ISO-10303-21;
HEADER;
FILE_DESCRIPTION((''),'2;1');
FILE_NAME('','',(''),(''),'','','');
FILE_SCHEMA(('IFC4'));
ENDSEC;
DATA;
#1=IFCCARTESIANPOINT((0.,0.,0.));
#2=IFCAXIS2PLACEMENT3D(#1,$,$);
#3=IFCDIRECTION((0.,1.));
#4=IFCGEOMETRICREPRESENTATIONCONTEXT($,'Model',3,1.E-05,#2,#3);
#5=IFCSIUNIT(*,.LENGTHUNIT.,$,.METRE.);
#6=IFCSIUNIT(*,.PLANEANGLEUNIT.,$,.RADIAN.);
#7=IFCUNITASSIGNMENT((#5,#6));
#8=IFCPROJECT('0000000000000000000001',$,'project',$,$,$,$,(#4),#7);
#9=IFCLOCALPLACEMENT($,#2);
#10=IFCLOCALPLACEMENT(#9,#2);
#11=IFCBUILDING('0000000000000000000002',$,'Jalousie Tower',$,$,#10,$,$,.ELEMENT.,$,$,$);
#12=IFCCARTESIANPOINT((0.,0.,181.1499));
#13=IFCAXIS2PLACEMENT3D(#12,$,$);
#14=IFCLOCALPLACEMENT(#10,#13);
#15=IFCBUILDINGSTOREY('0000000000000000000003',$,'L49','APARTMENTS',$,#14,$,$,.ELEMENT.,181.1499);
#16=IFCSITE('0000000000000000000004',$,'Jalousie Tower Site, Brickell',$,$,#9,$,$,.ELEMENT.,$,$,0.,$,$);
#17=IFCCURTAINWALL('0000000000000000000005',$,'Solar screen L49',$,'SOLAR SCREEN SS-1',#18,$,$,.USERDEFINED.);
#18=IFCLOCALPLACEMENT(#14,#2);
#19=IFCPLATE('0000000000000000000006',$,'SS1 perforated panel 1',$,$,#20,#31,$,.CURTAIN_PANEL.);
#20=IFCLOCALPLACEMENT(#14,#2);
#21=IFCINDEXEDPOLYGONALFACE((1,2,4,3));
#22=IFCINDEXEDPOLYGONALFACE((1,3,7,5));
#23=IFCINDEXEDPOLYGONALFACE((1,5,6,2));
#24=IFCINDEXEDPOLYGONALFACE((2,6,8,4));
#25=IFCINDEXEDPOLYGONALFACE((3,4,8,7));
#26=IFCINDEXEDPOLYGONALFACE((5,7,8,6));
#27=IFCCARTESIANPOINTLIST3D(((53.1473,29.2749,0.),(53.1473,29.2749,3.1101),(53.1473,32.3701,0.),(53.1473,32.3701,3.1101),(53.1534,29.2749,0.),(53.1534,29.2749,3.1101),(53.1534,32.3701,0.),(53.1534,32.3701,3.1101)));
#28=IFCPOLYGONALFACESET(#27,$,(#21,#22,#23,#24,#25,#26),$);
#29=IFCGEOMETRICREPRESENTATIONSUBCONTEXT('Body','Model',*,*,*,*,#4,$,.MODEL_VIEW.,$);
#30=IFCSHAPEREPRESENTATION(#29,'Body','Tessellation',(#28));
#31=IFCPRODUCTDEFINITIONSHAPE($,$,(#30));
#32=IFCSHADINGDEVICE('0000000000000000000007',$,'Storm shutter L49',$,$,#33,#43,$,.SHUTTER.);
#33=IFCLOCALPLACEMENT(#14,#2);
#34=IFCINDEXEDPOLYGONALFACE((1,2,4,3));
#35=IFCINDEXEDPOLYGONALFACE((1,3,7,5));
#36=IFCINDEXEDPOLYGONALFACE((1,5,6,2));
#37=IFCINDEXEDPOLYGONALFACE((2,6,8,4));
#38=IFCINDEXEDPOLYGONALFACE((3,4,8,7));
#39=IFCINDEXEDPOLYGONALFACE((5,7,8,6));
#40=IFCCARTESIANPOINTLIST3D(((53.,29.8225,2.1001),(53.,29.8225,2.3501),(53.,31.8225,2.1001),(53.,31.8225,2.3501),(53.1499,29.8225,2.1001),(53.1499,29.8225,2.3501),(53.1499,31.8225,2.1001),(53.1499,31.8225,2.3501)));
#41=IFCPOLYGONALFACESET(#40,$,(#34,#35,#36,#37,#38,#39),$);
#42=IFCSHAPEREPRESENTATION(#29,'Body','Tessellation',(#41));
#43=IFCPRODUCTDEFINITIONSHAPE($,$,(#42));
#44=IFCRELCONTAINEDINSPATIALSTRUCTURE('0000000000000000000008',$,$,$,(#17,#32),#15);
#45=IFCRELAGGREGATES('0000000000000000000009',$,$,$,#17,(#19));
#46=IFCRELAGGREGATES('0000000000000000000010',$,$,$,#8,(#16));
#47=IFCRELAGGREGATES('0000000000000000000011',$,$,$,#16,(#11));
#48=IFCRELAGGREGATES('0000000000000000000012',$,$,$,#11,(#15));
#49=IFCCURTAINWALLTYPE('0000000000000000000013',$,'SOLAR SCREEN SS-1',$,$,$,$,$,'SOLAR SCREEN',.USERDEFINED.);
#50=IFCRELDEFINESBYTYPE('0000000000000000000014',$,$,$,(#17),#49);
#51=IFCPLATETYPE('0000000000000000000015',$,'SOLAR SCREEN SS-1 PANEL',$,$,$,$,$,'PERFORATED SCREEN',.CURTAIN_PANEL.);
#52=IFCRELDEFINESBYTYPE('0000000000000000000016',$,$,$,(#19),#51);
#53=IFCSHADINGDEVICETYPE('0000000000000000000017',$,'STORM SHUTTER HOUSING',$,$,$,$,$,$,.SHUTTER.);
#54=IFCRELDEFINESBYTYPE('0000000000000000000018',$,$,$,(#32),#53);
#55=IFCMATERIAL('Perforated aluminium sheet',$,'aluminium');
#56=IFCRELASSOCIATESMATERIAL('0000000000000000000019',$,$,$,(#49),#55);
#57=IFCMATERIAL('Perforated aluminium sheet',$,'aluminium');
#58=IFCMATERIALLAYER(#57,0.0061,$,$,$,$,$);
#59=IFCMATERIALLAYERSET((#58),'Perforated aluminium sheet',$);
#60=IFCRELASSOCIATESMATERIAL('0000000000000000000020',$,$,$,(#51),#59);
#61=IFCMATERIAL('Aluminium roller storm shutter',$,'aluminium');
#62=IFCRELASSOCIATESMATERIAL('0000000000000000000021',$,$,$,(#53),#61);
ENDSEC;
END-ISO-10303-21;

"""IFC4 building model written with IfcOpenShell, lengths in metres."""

from ifc_helpers import new_model, si_unit, direction, frame, origin, origin_2d, place, context, subcontext, project, spatial, rectangle, extrude, material, layer, layer_set, type_object, element, aggregate, save


model = new_model("IFC4")

# Units and contexts
model_context = context("Model", 3, precision=1e-05, world=origin(), true_north=direction((0.0, 1.0)))
body_context = subcontext(model_context, "Body", "Model", "MODEL_VIEW")
ifc_project = project(units=[si_unit("LENGTHUNIT", "METRE"), si_unit("PLANEANGLEUNIT", "RADIAN")], contexts=[model_context])

# Site, building, storey
site_placement = place(None, origin())
site = spatial("IfcSite", under=ifc_project, at=site_placement, Name="Jalousie Tower Site, Brickell", CompositionType="ELEMENT", RefElevation=0.0)
building_placement = place(site_placement, origin())
building = spatial("IfcBuilding", under=site, at=building_placement, Name="Jalousie Tower", CompositionType="ELEMENT")
storey_placement = place(building_placement, frame((0.0, 0.0, 181.1499)))
storey = spatial("IfcBuildingStorey", under=building, at=storey_placement, Name="L49", Description="APARTMENTS", CompositionType="ELEMENT", Elevation=181.1499)

# Curtain wall
ifc_material_1 = material(Name="Perforated aluminium sheet", Category="aluminium")
curtain_wall_type_1 = type_object("IfcCurtainWallType", Name="SOLAR SCREEN SS-1", ElementType="SOLAR SCREEN", PredefinedType="USERDEFINED", material=ifc_material_1)
curtain_wall_1_placement = place(storey_placement, origin())
curtain_wall_1 = element("IfcCurtainWall", 1, at=curtain_wall_1_placement, inside=storey, type_object=curtain_wall_type_1, Name="Solar screen L49", ObjectType="SOLAR SCREEN SS-1", PredefinedType="USERDEFINED")

# Plate
ifc_material_2 = material(Name="Perforated aluminium sheet", Category="aluminium")
ifc_layer_1 = layer(ifc_material_2, 0.0061)
ifc_layer_set_1 = layer_set([ifc_layer_1], Name="Perforated aluminium sheet")
plate_type_1 = type_object("IfcPlateType", Name="SOLAR SCREEN SS-1 PANEL", ElementType="PERFORATED SCREEN", PredefinedType="CURTAIN_PANEL", material=ifc_layer_set_1)
plate_1_placement = place(storey_placement, frame((53.1504, 30.8225, 0.0), z_axis=(0.0, 0.0, 1.0), x_axis=(0.0, 1.0, 0.0)))
plate_1 = element("IfcPlate", 2, at=plate_1_placement, type_object=plate_type_1, Name="SS1 perforated panel 1", PredefinedType="CURTAIN_PANEL", context=body_context, shape_type="SweptSolid", body=[
    extrude(rectangle(XDim=3.0952, YDim=0.0061, at=origin_2d()), origin(), (0.0, 0.0, 1.0), 3.1101),
])
aggregate(curtain_wall_1, [plate_1])

# Shading device
ifc_material_3 = material(Name="Aluminium roller storm shutter", Category="aluminium")
shading_device_type = type_object("IfcShadingDeviceType", Name="STORM SHUTTER HOUSING", PredefinedType="SHUTTER", material=ifc_material_3)
shading_device_placement = place(storey_placement, frame((53.075, 30.8225, 2.1001), z_axis=(0.0, 0.0, 1.0), x_axis=(0.0, 1.0, 0.0)))
element("IfcShadingDevice", 3, at=shading_device_placement, inside=storey, type_object=shading_device_type, Name="Storm shutter L49", PredefinedType="SHUTTER", context=body_context, shape_type="SweptSolid", body=[
    extrude(rectangle(XDim=2.0, YDim=0.1499, at=origin_2d()), origin(), (0.0, 0.0, 1.0), 0.25),
])

save(model, "model.ifc")
